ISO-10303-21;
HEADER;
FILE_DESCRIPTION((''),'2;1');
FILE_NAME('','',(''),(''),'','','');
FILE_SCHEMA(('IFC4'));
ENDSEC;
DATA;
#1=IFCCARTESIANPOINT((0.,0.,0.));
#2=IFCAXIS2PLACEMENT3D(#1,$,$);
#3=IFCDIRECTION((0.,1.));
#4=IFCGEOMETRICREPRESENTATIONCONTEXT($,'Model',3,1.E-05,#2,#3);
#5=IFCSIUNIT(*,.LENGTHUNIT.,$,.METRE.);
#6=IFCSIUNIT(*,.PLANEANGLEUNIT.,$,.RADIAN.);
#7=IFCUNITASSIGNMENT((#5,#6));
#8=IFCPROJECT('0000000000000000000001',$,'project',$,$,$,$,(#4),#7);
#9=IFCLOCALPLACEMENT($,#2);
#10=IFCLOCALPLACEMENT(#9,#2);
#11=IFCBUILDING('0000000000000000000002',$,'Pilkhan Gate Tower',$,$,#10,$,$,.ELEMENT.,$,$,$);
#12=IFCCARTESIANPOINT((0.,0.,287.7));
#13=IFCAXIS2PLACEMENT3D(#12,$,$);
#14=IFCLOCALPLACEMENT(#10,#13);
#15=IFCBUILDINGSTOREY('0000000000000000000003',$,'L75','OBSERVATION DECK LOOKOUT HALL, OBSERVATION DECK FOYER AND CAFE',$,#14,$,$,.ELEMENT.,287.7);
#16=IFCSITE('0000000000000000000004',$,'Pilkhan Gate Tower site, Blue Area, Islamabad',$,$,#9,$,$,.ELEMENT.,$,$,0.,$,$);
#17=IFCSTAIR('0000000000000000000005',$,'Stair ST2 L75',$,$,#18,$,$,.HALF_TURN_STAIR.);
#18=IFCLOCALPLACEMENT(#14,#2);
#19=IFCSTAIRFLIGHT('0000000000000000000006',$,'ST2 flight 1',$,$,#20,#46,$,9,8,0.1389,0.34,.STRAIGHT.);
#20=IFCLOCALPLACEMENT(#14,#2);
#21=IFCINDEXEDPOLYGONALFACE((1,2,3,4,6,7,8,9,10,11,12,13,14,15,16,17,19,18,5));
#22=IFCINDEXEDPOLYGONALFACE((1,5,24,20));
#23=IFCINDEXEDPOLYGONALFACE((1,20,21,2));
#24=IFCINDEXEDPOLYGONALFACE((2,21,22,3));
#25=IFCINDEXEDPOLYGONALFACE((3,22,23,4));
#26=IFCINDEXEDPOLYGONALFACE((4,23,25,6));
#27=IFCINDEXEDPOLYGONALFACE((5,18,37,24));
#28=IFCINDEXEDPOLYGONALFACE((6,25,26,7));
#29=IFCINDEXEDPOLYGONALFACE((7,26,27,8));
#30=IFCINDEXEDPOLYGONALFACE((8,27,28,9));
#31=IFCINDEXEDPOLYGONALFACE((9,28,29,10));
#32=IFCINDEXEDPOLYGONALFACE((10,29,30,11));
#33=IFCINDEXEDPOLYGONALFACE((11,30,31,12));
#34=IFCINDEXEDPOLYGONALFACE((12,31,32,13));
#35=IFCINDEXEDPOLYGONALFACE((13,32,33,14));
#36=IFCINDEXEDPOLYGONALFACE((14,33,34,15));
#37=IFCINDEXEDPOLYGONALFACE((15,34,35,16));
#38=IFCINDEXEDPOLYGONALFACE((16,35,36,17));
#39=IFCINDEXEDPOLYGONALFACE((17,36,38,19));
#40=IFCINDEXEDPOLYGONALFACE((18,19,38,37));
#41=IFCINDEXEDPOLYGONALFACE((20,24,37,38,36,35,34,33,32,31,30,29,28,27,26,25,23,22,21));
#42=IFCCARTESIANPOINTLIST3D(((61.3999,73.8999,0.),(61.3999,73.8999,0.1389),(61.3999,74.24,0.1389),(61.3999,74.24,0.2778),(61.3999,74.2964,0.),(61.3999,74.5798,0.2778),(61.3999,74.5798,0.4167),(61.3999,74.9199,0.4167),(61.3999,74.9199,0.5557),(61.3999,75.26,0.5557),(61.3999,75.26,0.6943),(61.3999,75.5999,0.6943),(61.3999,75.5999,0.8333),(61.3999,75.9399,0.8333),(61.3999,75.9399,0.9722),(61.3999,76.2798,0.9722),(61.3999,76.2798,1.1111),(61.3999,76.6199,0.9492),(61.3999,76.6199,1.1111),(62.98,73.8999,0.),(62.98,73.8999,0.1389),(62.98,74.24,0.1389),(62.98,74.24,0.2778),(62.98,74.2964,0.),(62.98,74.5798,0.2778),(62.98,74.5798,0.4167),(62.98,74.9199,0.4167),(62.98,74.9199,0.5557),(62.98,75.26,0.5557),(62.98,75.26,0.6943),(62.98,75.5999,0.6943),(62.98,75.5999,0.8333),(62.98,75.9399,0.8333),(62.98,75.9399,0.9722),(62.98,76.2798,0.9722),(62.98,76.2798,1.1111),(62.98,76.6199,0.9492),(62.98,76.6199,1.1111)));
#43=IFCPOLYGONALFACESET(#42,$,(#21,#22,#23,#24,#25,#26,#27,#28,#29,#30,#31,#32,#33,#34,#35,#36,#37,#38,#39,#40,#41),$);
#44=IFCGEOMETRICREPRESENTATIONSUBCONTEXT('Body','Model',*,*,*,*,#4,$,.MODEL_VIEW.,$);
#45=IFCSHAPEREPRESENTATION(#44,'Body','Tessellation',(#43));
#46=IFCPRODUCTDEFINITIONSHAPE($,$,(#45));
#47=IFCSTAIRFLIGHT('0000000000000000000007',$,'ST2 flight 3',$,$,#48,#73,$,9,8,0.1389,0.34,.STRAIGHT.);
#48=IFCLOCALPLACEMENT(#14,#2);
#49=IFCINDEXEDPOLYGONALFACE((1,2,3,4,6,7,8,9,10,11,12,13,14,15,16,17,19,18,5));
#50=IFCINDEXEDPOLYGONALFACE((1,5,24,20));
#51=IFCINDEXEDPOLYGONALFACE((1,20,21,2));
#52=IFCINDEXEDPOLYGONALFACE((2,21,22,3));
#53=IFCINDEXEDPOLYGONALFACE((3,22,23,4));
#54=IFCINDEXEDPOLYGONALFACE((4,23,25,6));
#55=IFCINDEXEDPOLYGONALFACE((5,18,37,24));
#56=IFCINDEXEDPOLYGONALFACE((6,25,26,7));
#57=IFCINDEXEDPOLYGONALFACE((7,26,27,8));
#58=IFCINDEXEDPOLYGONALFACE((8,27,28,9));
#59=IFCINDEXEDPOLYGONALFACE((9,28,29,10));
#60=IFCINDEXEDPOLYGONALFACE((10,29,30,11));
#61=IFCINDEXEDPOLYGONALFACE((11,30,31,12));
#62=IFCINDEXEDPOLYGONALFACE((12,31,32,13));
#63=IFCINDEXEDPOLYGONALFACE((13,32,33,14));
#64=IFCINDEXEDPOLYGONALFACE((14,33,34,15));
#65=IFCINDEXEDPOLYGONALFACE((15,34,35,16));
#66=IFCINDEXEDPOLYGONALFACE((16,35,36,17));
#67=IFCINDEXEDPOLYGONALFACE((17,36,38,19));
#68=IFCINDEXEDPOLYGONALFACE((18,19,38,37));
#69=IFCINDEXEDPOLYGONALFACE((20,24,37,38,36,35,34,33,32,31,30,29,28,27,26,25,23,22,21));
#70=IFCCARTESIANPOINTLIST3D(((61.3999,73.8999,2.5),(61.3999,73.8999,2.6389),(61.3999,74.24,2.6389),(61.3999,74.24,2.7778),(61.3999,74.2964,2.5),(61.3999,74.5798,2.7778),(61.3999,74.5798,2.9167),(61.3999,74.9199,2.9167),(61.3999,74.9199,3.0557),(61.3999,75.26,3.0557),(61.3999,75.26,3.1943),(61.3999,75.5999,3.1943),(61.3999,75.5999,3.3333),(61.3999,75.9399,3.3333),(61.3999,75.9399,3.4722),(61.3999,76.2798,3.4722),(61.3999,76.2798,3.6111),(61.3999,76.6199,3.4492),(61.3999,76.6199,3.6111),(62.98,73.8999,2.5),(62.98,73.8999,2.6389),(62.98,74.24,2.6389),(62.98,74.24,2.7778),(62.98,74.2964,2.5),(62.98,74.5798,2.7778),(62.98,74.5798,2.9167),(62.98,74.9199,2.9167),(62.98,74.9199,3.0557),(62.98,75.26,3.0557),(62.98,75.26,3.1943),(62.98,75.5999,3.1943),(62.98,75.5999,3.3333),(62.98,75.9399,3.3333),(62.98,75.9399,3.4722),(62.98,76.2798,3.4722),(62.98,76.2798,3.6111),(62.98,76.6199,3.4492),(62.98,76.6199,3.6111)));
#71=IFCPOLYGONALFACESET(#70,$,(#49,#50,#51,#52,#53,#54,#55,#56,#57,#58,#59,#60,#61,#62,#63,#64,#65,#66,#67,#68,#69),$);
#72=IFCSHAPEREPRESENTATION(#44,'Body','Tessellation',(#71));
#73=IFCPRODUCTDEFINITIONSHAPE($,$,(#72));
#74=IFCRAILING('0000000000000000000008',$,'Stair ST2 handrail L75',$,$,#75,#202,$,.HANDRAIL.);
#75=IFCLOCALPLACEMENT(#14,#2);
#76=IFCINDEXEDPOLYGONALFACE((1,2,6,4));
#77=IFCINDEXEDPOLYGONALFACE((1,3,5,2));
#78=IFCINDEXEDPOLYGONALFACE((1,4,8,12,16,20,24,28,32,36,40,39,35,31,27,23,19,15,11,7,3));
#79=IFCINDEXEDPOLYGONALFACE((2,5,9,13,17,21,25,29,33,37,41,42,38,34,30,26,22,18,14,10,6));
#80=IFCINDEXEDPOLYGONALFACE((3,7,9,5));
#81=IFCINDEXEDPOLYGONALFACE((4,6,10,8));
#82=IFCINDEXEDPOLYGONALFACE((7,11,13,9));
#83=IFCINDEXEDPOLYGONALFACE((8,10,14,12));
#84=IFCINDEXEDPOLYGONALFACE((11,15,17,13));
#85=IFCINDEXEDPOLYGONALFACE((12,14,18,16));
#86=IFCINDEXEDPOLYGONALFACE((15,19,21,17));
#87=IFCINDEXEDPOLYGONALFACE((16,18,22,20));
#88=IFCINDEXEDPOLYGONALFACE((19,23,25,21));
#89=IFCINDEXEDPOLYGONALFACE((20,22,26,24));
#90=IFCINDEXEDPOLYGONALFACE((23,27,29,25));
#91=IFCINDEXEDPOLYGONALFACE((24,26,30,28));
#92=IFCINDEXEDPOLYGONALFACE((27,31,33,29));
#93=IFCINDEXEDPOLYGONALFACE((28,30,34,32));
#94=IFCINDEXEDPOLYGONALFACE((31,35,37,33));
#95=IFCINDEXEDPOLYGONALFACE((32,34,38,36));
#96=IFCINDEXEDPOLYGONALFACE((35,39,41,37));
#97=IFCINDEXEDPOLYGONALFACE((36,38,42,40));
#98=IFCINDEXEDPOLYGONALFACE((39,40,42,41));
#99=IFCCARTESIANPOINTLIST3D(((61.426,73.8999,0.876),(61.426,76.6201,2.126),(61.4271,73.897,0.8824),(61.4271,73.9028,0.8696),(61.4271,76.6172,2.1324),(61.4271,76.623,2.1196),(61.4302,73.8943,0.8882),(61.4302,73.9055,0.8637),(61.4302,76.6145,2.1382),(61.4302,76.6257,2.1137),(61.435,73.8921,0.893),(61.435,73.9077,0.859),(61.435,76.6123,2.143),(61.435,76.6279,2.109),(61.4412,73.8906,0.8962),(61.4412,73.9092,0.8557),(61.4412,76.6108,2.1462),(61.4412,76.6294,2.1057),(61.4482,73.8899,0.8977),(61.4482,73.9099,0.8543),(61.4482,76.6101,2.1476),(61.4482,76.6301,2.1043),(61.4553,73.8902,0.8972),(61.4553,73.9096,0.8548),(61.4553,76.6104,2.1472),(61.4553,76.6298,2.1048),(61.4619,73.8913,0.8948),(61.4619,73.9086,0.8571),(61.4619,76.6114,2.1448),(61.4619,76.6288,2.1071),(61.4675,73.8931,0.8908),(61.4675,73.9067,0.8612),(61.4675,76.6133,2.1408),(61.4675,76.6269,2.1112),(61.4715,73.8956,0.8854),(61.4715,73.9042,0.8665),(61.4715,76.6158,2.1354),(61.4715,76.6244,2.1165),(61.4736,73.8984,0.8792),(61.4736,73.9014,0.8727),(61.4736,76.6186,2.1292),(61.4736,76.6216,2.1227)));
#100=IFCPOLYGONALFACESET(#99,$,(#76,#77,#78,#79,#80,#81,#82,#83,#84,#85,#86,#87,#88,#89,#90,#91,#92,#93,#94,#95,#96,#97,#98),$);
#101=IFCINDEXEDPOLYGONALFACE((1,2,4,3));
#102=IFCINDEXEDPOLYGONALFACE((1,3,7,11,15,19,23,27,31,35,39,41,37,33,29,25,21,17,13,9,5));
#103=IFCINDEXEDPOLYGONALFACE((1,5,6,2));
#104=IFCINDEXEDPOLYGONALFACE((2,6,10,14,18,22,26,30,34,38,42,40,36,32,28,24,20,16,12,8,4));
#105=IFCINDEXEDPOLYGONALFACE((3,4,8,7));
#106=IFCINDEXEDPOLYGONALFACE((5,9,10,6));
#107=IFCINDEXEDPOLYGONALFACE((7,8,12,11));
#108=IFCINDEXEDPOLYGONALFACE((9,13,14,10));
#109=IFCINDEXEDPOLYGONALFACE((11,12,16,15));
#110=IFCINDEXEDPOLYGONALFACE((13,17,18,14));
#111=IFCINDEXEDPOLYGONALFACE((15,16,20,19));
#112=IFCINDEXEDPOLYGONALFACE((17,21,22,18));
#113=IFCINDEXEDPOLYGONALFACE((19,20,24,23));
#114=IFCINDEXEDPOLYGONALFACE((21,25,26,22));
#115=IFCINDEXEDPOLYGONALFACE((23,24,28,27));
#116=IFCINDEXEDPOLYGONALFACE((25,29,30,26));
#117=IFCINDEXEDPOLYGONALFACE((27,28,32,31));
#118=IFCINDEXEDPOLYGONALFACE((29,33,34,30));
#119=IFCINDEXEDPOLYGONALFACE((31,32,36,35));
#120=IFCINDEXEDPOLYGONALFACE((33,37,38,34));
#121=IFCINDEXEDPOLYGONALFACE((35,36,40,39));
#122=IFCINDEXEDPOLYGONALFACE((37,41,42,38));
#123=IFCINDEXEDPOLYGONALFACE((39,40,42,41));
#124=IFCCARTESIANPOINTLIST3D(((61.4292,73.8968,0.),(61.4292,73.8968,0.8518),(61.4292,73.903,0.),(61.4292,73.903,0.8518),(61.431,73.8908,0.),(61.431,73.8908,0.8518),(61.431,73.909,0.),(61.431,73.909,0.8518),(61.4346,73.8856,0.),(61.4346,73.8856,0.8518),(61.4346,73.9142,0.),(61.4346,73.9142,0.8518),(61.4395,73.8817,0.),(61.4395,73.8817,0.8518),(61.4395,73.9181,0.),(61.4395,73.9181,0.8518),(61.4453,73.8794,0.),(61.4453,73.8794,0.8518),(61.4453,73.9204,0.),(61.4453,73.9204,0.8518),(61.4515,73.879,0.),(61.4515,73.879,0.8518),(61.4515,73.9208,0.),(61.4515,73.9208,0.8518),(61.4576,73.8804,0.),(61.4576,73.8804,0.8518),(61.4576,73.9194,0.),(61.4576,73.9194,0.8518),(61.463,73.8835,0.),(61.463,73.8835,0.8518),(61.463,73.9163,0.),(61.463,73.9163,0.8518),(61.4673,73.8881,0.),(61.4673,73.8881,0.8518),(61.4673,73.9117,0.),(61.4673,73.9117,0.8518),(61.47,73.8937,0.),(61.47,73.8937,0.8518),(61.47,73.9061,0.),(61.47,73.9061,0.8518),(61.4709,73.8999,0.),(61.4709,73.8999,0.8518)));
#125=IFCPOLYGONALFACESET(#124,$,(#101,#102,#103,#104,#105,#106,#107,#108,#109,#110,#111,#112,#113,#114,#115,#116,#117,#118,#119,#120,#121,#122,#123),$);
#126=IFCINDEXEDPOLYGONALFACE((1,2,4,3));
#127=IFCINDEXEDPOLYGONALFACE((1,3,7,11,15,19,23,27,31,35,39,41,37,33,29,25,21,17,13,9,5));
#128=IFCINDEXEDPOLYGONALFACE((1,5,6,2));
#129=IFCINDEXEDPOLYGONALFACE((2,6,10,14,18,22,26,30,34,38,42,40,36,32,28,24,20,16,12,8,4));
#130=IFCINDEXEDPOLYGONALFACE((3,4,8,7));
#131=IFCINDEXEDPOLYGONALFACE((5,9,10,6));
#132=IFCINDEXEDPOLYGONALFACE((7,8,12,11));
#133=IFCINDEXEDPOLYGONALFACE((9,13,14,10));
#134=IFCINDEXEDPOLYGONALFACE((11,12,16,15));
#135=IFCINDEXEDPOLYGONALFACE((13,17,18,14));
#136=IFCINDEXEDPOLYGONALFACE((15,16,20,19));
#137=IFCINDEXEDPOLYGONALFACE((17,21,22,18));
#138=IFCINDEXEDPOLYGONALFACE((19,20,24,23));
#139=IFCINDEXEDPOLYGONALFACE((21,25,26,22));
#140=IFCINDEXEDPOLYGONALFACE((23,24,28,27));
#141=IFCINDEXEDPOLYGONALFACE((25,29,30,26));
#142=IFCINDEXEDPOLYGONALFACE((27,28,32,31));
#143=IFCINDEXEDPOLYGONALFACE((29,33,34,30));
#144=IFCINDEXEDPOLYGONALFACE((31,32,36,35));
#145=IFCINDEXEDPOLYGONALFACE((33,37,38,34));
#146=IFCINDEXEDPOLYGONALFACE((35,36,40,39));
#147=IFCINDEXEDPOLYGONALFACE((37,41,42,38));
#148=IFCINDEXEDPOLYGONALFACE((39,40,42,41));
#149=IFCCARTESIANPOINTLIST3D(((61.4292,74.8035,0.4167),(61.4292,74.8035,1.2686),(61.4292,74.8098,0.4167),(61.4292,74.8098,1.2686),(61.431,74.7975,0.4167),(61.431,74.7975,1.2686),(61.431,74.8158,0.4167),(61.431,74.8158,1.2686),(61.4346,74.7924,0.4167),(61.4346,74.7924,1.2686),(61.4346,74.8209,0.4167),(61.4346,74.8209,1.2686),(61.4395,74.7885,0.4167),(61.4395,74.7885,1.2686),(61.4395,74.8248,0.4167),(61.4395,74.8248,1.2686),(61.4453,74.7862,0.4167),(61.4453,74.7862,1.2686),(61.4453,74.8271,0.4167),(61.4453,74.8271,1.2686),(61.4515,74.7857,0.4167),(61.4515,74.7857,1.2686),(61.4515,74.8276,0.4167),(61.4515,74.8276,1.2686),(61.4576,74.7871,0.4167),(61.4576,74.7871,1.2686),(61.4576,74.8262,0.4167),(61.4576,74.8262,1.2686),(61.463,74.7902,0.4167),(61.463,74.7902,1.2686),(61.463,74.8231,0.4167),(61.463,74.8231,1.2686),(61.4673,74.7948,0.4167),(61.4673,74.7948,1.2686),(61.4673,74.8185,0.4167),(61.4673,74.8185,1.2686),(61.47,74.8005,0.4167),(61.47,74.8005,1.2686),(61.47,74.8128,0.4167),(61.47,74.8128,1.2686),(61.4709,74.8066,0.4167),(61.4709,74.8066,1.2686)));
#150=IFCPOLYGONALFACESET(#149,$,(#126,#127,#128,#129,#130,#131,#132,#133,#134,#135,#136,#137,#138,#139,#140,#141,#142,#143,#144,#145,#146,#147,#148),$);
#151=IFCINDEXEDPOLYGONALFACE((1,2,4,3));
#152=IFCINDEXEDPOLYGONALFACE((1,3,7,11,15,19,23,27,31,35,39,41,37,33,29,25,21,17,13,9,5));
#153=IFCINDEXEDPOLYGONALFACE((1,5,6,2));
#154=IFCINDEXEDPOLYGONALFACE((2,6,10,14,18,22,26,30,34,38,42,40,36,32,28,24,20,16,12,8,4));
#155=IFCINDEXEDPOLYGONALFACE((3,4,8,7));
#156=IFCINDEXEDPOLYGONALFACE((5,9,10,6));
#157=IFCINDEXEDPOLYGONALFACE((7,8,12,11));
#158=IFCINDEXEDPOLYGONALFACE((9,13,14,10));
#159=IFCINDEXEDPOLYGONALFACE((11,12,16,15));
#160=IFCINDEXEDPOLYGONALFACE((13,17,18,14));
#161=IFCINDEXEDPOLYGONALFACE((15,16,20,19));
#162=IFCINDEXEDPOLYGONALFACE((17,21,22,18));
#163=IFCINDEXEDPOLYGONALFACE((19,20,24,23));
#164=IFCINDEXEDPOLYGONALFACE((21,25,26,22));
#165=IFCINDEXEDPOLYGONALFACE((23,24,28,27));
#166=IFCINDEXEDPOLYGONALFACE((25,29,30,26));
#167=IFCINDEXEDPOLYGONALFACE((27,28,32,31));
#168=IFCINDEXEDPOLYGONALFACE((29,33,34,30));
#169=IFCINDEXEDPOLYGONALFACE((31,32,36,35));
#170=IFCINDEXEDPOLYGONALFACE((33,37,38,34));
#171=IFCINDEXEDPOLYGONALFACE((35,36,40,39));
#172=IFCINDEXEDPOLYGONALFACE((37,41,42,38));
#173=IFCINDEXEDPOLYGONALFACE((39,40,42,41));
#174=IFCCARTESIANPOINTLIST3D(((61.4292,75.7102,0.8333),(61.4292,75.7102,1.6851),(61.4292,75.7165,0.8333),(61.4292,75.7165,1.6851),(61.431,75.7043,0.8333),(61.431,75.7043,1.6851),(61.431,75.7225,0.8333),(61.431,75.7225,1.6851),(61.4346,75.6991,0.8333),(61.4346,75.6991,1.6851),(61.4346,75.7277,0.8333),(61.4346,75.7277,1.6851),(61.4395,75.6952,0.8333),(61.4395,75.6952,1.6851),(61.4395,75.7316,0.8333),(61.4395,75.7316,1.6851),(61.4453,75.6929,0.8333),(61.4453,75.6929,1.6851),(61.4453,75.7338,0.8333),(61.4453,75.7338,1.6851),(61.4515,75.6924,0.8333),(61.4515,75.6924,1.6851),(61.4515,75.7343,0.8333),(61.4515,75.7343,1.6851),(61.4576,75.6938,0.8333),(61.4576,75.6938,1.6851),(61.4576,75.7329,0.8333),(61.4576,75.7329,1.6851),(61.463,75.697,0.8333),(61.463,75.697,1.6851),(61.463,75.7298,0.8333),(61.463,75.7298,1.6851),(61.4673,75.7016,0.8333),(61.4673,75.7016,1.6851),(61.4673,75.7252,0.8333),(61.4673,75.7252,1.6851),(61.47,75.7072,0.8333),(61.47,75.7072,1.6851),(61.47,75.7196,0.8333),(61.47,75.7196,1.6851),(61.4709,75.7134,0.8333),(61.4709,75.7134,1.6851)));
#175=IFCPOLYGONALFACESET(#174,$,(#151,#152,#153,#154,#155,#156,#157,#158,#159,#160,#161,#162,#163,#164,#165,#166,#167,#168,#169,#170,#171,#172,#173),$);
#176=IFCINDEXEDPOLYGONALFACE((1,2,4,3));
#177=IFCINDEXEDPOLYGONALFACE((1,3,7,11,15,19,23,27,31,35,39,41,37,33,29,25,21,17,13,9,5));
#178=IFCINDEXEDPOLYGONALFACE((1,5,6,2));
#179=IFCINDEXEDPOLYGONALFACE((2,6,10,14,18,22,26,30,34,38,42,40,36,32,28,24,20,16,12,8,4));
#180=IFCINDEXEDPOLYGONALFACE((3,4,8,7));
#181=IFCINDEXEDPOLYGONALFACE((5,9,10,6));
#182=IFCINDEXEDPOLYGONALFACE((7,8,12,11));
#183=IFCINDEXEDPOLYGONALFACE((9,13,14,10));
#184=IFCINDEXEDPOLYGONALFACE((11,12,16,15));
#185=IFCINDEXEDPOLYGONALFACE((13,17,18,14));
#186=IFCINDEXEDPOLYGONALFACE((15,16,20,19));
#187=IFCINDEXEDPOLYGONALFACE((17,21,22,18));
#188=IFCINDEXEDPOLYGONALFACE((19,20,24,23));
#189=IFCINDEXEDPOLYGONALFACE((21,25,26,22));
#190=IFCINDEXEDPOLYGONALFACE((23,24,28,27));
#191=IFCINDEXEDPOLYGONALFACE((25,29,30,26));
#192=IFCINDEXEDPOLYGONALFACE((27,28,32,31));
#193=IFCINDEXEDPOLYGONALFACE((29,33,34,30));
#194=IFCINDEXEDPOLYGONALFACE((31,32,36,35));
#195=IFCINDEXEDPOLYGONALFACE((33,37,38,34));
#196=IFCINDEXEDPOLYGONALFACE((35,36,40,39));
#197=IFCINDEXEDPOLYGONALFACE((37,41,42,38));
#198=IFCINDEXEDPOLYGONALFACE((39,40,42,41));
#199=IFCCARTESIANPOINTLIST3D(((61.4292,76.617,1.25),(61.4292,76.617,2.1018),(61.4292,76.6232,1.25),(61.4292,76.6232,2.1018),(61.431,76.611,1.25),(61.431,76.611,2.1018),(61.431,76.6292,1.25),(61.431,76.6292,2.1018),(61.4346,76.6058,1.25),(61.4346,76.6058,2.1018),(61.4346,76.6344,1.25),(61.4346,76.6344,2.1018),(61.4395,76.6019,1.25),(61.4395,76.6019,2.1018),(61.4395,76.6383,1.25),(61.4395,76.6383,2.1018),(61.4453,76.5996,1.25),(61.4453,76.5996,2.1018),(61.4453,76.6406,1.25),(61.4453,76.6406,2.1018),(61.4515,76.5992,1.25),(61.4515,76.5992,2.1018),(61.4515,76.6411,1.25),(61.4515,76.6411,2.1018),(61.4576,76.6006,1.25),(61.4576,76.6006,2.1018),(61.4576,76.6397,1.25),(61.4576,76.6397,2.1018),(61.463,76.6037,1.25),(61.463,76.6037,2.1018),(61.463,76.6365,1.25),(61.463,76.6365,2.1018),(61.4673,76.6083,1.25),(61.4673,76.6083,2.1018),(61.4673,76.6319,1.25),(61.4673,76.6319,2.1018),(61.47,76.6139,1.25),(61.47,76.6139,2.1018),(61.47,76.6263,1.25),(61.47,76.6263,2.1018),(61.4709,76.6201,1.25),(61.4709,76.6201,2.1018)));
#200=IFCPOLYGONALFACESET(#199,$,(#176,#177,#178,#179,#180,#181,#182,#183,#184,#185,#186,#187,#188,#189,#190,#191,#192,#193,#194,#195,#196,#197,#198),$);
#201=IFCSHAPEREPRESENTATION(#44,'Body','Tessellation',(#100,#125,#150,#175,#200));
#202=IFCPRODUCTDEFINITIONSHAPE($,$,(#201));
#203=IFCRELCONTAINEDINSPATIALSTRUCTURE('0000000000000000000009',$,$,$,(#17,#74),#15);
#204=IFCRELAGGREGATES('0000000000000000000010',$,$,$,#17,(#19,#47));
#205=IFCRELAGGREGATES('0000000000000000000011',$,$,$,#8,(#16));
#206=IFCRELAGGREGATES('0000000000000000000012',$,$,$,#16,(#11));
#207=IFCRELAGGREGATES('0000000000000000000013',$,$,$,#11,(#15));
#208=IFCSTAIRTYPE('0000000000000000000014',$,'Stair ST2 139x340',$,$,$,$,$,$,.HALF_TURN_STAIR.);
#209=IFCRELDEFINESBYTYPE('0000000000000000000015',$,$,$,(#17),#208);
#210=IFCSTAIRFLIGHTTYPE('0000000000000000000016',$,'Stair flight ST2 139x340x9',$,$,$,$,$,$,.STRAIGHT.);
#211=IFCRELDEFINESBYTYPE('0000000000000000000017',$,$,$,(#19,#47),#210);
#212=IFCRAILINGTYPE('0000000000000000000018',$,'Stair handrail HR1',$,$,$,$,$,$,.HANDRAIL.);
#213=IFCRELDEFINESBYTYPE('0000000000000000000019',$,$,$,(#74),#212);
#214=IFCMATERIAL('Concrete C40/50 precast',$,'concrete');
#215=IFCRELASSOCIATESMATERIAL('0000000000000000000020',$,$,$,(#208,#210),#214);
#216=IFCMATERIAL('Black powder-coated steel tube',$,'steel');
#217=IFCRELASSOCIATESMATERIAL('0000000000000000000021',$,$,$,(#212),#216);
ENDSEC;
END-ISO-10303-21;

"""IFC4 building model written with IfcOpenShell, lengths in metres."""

from ifc_helpers import new_model, si_unit, direction, frame, origin, origin_2d, place, context, subcontext, project, spatial, polyline, circle, outline, extrude, material, type_object, element, aggregate, save


model = new_model("IFC4")

# Units and contexts
model_context = context("Model", 3, precision=1e-05, world=origin(), true_north=direction((0.0, 1.0)))
body_context = subcontext(model_context, "Body", "Model", "MODEL_VIEW")
ifc_project = project(units=[si_unit("LENGTHUNIT", "METRE"), si_unit("PLANEANGLEUNIT", "RADIAN")], contexts=[model_context])

# Site, building, storey
site_placement = place(None, origin())
site = spatial("IfcSite", under=ifc_project, at=site_placement, Name="Pilkhan Gate Tower site, Blue Area, Islamabad", CompositionType="ELEMENT", RefElevation=0.0)
building_placement = place(site_placement, origin())
building = spatial("IfcBuilding", under=site, at=building_placement, Name="Pilkhan Gate Tower", CompositionType="ELEMENT")
storey_placement = place(building_placement, frame((0.0, 0.0, 287.7)))
storey = spatial("IfcBuildingStorey", under=building, at=storey_placement, Name="L75", Description="OBSERVATION DECK LOOKOUT HALL, OBSERVATION DECK FOYER AND CAFE", CompositionType="ELEMENT", Elevation=287.7)

# Stair, stair flights
ifc_material_1 = material(Name="Concrete C40/50 precast", Category="concrete")
stair_type = type_object("IfcStairType", Name="Stair ST2 139x340", PredefinedType="HALF_TURN_STAIR", material=ifc_material_1)
stair_placement = place(storey_placement, origin())
stair = element("IfcStair", 1, at=stair_placement, inside=storey, type_object=stair_type, Name="Stair ST2 L75", PredefinedType="HALF_TURN_STAIR")
stair_flight_type = type_object("IfcStairFlightType", Name="Stair flight ST2 139x340x9", PredefinedType="STRAIGHT", material=ifc_material_1)
stair_flight_1_placement = place(storey_placement, frame((62.1899, 73.8999, 0.0), z_axis=(0.0, 0.0, 1.0), x_axis=(0.0, 1.0, 0.0)))
stair_flight_1 = element("IfcStairFlight", 2, at=stair_flight_1_placement, type_object=stair_flight_type, Name="ST2 flight 1", NumberOfRisers=9, NumberOfTreads=8, PredefinedType="STRAIGHT", RiserHeight=0.1389, TreadLength=0.34, context=body_context, shape_type="SweptSolid", body=[
    extrude(outline(polyline([(0.0, 0.0), (0.0, 0.1389), (0.3401, 0.1389), (0.3401, 0.2778), (0.6799, 0.2778), (0.6799, 0.4167), (1.02, 0.4167), (1.02, 0.5557), (1.3601, 0.5557), (1.3601, 0.6943), (1.7, 0.6943), (1.7, 0.8333), (2.04, 0.8333), (2.04, 0.9722), (2.3799, 0.9722), (2.3799, 1.1111), (2.72, 1.1111), (2.72, 1.25), (2.72, 0.9492), (0.3965, 0.0), (0.0, 0.0)])), frame((0.0, 0.79, 0.0), z_axis=(0.0, -1.0, 0.0), x_axis=(1.0, 0.0, 0.0)), (0.0, 0.0, 1.0), 1.5801),
])
stair_flight_2_placement = place(storey_placement, frame((62.1899, 73.8999, 2.5), z_axis=(0.0, 0.0, 1.0), x_axis=(0.0, 1.0, 0.0)))
stair_flight_2 = element("IfcStairFlight", 3, at=stair_flight_2_placement, type_object=stair_flight_type, Name="ST2 flight 3", NumberOfRisers=9, NumberOfTreads=8, PredefinedType="STRAIGHT", RiserHeight=0.1389, TreadLength=0.34, context=body_context, shape_type="SweptSolid", body=[
    extrude(outline(polyline([(0.0, 0.0), (0.0, 0.1389), (0.3401, 0.1389), (0.3401, 0.2778), (0.6799, 0.2778), (0.6799, 0.4167), (1.02, 0.4167), (1.02, 0.5557), (1.3601, 0.5557), (1.3601, 0.6943), (1.7, 0.6943), (1.7, 0.8333), (2.04, 0.8333), (2.04, 0.9722), (2.3799, 0.9722), (2.3799, 1.1111), (2.72, 1.1111), (2.72, 1.25), (2.72, 0.9492), (0.3965, 0.0), (0.0, 0.0)])), frame((0.0, 0.79, 0.0), z_axis=(0.0, -1.0, 0.0), x_axis=(1.0, 0.0, 0.0)), (0.0, 0.0, 1.0), 1.5801),
])
aggregate(stair, [stair_flight_1, stair_flight_2])

# Railing
ifc_material_2 = material(Name="Black powder-coated steel tube", Category="steel")
railing_type_1 = type_object("IfcRailingType", Name="Stair handrail HR1", PredefinedType="HANDRAIL", material=ifc_material_2)
for number, where, name in (
    (4, (61.45, 73.8999, 0.0), "Stair ST2 handrail L75"),
):
    element("IfcRailing", number, at=place(storey_placement, frame(where)), inside=storey, type_object=railing_type_1, Name=name, PredefinedType="HANDRAIL", context=body_context, shape_type="SweptSolid", body=[
        extrude(circle(Radius=0.0239, at=origin_2d()), frame((0.0, 0.0, 0.876), z_axis=(0.0, 0.908655, 0.417547), x_axis=(-1.0, 0.0, 0.0)), (0.0, 0.0, 1.0), 2.9937),
        extrude(circle(Radius=0.021, at=origin_2d()), origin(), (0.0, 0.0, 1.0), 0.8518),
        extrude(circle(Radius=0.021, at=origin_2d()), frame((0.0, 0.9067, 0.4167)), (0.0, 0.0, 1.0), 0.8518),
        extrude(circle(Radius=0.021, at=origin_2d()), frame((0.0, 1.8135, 0.8333)), (0.0, 0.0, 1.0), 0.8518),
        extrude(circle(Radius=0.021, at=origin_2d()), frame((0.0, 2.7202, 1.25)), (0.0, 0.0, 1.0), 0.8518),
    ])

save(model, "model.ifc")
